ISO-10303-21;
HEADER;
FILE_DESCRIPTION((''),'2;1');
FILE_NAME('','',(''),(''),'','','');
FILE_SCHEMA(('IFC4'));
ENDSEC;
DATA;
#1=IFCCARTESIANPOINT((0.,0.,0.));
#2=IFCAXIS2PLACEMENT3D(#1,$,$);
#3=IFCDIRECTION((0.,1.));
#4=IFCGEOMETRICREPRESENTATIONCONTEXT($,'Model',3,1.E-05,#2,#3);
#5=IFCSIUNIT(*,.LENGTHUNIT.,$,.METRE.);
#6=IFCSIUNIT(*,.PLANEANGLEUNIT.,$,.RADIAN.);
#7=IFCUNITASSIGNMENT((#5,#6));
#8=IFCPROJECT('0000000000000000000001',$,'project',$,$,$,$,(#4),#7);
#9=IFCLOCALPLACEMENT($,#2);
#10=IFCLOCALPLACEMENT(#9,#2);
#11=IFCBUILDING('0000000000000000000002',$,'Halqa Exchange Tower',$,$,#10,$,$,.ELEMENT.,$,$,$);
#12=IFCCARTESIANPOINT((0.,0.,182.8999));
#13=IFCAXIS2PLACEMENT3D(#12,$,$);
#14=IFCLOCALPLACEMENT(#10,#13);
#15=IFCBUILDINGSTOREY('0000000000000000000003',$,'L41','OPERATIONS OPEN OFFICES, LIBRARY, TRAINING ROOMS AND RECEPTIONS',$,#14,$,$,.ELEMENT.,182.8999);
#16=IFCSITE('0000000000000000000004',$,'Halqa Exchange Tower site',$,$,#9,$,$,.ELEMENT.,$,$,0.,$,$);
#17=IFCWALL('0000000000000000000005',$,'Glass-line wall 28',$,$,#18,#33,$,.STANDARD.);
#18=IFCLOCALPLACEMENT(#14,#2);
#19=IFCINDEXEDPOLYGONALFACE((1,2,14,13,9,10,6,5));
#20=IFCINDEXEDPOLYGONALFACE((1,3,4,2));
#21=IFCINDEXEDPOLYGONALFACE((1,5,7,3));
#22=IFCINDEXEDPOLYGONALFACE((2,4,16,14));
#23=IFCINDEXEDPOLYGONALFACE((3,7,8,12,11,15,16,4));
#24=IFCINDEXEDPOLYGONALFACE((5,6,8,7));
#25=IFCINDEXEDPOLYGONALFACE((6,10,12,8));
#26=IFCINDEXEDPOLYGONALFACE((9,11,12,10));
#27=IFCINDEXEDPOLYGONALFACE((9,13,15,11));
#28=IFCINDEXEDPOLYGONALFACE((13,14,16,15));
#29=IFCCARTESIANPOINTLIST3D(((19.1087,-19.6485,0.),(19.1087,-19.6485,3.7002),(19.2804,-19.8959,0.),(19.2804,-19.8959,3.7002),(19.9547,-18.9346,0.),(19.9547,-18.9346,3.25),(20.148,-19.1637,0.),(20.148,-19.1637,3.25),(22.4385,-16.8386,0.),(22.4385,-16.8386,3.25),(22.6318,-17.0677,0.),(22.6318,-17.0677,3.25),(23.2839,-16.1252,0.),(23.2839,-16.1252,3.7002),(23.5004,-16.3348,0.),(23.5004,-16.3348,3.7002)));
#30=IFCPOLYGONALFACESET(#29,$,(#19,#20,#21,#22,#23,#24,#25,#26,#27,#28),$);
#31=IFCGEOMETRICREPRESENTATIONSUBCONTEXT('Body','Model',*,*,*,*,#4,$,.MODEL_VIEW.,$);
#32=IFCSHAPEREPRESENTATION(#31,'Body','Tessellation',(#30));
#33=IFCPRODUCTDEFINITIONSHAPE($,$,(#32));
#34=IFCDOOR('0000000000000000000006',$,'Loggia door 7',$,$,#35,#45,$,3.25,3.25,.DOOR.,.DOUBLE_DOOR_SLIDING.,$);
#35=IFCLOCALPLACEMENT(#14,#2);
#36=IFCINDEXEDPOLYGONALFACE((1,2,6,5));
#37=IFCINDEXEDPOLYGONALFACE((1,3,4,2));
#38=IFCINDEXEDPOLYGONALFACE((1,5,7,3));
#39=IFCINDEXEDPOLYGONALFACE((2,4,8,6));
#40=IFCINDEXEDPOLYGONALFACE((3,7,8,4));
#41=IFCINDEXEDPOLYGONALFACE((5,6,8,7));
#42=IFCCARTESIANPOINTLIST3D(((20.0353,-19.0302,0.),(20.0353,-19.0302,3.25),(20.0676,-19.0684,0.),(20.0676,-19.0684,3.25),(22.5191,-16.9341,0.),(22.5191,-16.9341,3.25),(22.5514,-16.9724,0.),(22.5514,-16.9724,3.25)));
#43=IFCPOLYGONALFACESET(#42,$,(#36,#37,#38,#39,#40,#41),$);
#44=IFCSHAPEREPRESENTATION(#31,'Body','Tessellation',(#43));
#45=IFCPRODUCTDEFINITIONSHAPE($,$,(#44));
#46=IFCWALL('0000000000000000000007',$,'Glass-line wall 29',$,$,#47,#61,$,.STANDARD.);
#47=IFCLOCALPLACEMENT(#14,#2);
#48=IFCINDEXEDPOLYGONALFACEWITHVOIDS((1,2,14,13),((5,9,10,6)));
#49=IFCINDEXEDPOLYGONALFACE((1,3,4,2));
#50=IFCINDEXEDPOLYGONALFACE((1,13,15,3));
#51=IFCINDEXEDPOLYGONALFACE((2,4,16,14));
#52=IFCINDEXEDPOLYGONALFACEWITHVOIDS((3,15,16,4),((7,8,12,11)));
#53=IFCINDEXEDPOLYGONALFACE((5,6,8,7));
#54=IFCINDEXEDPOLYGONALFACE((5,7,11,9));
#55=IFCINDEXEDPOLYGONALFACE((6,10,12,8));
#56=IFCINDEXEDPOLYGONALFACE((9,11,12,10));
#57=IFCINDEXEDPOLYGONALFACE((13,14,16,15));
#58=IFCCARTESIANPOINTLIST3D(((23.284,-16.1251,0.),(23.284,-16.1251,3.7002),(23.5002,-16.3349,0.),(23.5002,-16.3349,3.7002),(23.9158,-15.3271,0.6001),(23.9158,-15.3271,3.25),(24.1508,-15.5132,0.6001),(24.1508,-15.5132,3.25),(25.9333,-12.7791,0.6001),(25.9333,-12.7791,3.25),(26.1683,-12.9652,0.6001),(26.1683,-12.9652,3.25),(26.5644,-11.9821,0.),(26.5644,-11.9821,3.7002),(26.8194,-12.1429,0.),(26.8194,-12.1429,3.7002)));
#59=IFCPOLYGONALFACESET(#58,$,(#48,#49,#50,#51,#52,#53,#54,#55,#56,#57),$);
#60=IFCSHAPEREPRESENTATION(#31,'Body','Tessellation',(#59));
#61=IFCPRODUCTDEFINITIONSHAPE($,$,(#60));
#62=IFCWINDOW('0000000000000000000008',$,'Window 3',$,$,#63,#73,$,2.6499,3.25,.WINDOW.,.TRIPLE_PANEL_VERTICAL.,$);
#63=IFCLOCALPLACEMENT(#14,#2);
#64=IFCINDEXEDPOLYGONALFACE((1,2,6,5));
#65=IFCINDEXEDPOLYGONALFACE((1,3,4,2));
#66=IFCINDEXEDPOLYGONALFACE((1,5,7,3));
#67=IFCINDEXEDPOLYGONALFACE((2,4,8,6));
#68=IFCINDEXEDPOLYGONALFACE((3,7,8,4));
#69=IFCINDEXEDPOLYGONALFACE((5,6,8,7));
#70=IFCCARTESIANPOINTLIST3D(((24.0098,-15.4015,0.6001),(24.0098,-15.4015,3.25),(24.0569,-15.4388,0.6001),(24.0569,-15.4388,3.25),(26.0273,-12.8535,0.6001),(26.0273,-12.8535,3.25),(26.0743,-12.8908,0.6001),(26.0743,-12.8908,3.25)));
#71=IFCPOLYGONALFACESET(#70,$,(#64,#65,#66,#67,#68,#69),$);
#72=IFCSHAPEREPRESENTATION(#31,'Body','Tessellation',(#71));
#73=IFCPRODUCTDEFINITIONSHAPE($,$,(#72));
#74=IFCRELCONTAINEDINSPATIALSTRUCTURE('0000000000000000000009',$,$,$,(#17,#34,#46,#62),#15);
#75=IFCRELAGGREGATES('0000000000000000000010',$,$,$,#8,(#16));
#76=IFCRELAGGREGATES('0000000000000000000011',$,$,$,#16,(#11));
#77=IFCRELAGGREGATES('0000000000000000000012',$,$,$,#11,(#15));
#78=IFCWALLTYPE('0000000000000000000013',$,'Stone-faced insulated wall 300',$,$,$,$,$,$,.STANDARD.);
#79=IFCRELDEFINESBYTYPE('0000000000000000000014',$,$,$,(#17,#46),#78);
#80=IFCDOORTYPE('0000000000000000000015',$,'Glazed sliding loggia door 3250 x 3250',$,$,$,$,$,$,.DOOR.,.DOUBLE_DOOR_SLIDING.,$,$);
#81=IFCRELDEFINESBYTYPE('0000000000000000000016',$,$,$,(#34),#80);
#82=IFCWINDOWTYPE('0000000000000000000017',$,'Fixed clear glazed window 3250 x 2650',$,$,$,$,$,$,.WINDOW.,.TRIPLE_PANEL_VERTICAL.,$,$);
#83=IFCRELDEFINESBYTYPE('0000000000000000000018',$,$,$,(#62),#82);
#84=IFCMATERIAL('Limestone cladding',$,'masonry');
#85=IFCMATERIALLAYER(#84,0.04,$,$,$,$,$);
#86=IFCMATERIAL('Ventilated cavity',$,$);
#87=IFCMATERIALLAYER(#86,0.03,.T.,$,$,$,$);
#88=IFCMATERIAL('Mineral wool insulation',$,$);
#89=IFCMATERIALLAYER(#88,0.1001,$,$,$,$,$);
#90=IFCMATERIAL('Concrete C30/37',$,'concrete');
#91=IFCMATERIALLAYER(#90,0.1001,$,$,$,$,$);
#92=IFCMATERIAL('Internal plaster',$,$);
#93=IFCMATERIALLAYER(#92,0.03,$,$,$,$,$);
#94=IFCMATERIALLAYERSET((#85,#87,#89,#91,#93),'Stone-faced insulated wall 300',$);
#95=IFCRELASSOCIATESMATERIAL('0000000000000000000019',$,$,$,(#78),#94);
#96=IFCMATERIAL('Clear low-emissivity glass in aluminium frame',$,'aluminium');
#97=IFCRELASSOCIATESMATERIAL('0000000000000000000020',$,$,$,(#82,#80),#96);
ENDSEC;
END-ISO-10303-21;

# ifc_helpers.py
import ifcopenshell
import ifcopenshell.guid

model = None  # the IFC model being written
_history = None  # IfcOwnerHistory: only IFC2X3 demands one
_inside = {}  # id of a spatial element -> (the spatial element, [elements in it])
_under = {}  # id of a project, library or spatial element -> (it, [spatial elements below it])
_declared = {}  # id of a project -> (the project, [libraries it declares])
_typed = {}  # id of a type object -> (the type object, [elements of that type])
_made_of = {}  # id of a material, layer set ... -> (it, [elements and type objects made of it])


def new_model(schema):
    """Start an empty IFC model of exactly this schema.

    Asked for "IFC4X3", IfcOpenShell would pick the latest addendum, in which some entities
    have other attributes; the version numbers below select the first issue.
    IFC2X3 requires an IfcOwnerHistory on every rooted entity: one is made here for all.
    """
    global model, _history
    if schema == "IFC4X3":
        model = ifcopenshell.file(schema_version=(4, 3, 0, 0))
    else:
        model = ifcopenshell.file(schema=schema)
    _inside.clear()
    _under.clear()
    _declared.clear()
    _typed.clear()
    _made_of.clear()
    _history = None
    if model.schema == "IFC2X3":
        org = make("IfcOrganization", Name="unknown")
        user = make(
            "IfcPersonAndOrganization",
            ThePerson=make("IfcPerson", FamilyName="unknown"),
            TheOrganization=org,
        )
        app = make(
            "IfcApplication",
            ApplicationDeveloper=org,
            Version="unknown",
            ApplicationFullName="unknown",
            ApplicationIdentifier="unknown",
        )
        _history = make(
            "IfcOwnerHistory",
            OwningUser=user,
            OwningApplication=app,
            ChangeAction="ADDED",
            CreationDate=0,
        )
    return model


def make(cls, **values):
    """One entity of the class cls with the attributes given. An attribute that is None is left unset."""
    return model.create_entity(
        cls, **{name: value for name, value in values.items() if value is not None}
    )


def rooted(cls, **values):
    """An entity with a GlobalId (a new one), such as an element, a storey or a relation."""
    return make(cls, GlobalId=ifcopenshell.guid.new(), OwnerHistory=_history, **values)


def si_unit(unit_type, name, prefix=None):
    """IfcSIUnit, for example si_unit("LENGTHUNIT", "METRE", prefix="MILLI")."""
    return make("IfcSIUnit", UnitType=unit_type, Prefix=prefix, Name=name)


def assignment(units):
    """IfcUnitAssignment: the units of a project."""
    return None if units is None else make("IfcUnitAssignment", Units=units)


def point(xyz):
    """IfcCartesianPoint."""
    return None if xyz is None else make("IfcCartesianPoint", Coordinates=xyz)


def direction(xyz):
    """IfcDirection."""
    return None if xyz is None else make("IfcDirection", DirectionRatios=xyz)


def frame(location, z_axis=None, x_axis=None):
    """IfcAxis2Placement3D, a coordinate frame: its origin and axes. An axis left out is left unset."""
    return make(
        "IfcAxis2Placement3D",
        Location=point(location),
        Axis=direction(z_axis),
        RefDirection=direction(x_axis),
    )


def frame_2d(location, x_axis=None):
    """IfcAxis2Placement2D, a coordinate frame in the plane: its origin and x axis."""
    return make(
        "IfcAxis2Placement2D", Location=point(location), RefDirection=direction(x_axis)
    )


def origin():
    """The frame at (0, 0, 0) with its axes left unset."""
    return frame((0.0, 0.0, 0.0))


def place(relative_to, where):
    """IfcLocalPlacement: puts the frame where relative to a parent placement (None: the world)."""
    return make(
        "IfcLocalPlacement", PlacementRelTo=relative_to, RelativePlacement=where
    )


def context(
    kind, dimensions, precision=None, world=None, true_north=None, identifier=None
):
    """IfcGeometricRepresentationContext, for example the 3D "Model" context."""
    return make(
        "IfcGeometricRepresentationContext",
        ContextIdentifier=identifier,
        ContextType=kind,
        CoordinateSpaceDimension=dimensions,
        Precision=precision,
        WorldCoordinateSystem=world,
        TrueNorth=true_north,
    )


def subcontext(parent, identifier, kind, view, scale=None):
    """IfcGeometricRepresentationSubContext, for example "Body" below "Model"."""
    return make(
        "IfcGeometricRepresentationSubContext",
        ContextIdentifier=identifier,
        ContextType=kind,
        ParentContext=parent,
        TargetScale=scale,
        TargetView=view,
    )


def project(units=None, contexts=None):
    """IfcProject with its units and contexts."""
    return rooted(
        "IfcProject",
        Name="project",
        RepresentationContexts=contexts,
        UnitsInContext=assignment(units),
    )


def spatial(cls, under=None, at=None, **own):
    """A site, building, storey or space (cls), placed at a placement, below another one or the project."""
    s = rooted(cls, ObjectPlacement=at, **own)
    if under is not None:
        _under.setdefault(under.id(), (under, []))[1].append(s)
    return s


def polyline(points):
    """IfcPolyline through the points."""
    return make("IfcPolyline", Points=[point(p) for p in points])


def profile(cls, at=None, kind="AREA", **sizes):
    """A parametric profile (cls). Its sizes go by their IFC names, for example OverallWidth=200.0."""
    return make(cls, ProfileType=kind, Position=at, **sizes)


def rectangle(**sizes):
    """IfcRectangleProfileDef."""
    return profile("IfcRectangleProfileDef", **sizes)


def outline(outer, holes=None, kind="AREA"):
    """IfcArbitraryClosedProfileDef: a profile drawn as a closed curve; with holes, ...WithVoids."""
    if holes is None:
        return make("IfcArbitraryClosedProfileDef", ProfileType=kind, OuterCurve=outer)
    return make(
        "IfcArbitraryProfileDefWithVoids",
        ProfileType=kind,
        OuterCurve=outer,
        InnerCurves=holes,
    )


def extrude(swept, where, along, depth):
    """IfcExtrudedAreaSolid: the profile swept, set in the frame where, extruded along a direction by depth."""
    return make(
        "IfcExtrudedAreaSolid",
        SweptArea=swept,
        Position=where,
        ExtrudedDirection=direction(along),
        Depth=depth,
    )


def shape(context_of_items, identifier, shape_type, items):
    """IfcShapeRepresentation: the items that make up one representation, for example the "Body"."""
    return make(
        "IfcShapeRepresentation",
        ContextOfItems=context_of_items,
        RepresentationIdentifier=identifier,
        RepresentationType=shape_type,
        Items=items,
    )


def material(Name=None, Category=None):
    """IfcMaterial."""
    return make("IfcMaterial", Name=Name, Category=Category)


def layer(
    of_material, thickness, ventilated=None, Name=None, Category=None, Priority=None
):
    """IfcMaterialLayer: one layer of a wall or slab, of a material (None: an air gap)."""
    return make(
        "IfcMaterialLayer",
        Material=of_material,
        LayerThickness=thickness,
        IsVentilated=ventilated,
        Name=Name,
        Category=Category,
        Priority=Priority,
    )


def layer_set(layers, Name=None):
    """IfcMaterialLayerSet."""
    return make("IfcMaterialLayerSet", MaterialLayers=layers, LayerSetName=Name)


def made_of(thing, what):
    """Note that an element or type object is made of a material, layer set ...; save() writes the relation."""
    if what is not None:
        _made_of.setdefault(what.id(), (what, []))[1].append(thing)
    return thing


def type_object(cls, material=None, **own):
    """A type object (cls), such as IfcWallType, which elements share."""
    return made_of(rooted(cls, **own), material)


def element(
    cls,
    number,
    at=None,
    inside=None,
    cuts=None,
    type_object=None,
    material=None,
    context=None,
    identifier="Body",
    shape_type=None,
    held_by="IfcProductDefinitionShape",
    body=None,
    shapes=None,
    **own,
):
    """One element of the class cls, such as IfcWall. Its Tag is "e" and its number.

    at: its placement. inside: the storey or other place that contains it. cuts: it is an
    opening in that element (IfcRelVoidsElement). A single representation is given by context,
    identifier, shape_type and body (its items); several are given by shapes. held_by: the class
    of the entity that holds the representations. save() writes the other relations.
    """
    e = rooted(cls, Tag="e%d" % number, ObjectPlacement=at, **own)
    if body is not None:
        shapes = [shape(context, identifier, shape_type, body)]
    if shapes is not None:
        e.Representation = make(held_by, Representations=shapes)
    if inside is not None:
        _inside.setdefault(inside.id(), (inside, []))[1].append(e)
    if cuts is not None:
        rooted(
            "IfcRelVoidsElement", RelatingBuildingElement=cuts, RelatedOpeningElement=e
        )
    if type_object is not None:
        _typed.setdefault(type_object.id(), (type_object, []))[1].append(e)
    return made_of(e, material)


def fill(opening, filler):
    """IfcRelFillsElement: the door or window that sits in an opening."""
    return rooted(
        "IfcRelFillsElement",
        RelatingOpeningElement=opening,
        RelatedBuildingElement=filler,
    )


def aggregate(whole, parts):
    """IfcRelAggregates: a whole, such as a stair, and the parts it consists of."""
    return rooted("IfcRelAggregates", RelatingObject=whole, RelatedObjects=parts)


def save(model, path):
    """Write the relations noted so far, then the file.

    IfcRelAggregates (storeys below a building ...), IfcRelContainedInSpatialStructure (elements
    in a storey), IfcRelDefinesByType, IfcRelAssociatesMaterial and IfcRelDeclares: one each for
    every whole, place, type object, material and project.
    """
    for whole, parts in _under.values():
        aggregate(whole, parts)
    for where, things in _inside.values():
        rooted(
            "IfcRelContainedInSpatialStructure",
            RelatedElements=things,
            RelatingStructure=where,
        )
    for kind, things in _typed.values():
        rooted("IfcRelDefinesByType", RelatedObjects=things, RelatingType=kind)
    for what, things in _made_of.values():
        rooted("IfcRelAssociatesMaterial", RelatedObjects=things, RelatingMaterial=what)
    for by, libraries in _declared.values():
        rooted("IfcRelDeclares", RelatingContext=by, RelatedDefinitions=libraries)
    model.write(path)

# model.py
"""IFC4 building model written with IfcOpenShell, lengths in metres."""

from ifc_helpers import new_model, si_unit, direction, frame, frame_2d, origin, place, context, subcontext, project, spatial, polyline, rectangle, outline, extrude, material, layer, layer_set, type_object, element, fill, save


model = new_model("IFC4")

# Units and contexts
model_context = context("Model", 3, precision=1e-05, world=origin(), true_north=direction((0.0, 1.0)))
body_context = subcontext(model_context, "Body", "Model", "MODEL_VIEW")
ifc_project = project(units=[si_unit("LENGTHUNIT", "METRE"), si_unit("PLANEANGLEUNIT", "RADIAN")], contexts=[model_context])

# Site, building, storey
site_placement = place(None, origin())
site = spatial("IfcSite", under=ifc_project, at=site_placement, Name="Halqa Exchange Tower site", CompositionType="ELEMENT", RefElevation=0.0)
building_placement = place(site_placement, origin())
building = spatial("IfcBuilding", under=site, at=building_placement, Name="Halqa Exchange Tower", CompositionType="ELEMENT")
storey_placement = place(building_placement, frame((0.0, 0.0, 182.8999)))
storey = spatial("IfcBuildingStorey", under=building, at=storey_placement, Name="L41", Description="OPERATIONS OPEN OFFICES, LIBRARY, TRAINING ROOMS AND RECEPTIONS", CompositionType="ELEMENT", Elevation=182.8999)

# Shared definitions
ifc_material_1 = material(Name="Limestone cladding", Category="masonry")
ifc_layer_1 = layer(ifc_material_1, 0.04)
ifc_material_2 = material(Name="Ventilated cavity")
ifc_layer_2 = layer(ifc_material_2, 0.03, ventilated=True)
ifc_material_3 = material(Name="Mineral wool insulation")
ifc_layer_3 = layer(ifc_material_3, 0.1001)
ifc_material_4 = material(Name="Concrete C30/37", Category="concrete")
ifc_layer_4 = layer(ifc_material_4, 0.1001)
ifc_material_5 = material(Name="Internal plaster")
ifc_layer_5 = layer(ifc_material_5, 0.03)
ifc_layer_set_1 = layer_set([ifc_layer_1, ifc_layer_2, ifc_layer_3, ifc_layer_4, ifc_layer_5], Name="Stone-faced insulated wall 300")
wall_type_1 = type_object("IfcWallType", Name="Stone-faced insulated wall 300", PredefinedType="STANDARD", material=ifc_layer_set_1)
ifc_material_6 = material(Name="Clear low-emissivity glass in aluminium frame", Category="aluminium")
window_type = type_object("IfcWindowType", Name="Fixed clear glazed window 3250 x 2650", PartitioningType="TRIPLE_PANEL_VERTICAL", PredefinedType="WINDOW", material=ifc_material_6)

# Wall, opening, door
wall_1_placement = place(storey_placement, frame((19.1946, -19.7722, 0.0), z_axis=(0.0, 0.0, 1.0), x_axis=(0.764239, 0.644933, 0.0)))
wall_1 = element("IfcWall", 1, at=wall_1_placement, inside=storey, type_object=wall_type_1, Name="Glass-line wall 28", PredefinedType="STANDARD", context=body_context, shape_type="SweptSolid", body=[
    extrude(outline(polyline([(-0.0142, -0.1499), (5.5076, -0.1499), (5.4773, 0.1499), (0.0142, 0.1499), (-0.0142, -0.1499)])), origin(), (0.0, 0.0, 1.0), 3.7002),
])
opening_1_placement = place(wall_1_placement, frame((1.1211, 0.0, 0.0)))
opening_1 = element("IfcOpeningElement", 2, at=opening_1_placement, cuts=wall_1, PredefinedType="OPENING", context=body_context, shape_type="SweptSolid", body=[
    extrude(rectangle(XDim=3.25, YDim=3.25, at=frame_2d((1.625, 1.625))), frame((0.0, 0.1621, 0.0), z_axis=(0.0, -1.0, 0.0), x_axis=(1.0, 0.0, 0.0)), (0.0, 0.0, 1.0), 0.324),
])
door_type_1 = type_object("IfcDoorType", Name="Glazed sliding loggia door 3250 x 3250", OperationType="DOUBLE_DOOR_SLIDING", PredefinedType="DOOR", material=ifc_material_6)
door_1_placement = place(opening_1_placement, origin())
door_1 = element("IfcDoor", 3, at=door_1_placement, inside=storey, type_object=door_type_1, Name="Loggia door 7", OperationType="DOUBLE_DOOR_SLIDING", OverallHeight=3.25, OverallWidth=3.25, PredefinedType="DOOR", context=body_context, shape_type="SweptSolid", body=[
    extrude(rectangle(XDim=3.25, YDim=3.25, at=frame_2d((1.625, 1.625))), frame((0.0, 0.0249, 0.0), z_axis=(0.0, -1.0, 0.0), x_axis=(1.0, 0.0, 0.0)), (0.0, 0.0, 1.0), 0.05),
])
fill(opening_1, door_1)

# Wall, opening, window
wall_2_placement = place(storey_placement, frame((23.3921, -16.23, 0.0), z_axis=(0.0, 0.0, 1.0), x_axis=(0.620766, 0.783996, 0.0)))
wall_2 = element("IfcWall", 4, at=wall_2_placement, inside=storey, type_object=wall_type_1, Name="Glass-line wall 29", PredefinedType="STANDARD", context=body_context, shape_type="SweptSolid", body=[
    extrude(outline(polyline([(-0.0151, -0.1499), (5.3318, -0.1499), (5.2996, 0.1499), (0.0151, 0.1499), (-0.0151, -0.1499)])), origin(), (0.0, 0.0, 1.0), 3.7002),
])
opening_2_placement = place(wall_2_placement, frame((1.033, 0.0, 0.6001)))
opening_2 = element("IfcOpeningElement", 5, at=opening_2_placement, cuts=wall_2, PredefinedType="OPENING", context=body_context, shape_type="SweptSolid", body=[
    extrude(rectangle(XDim=3.25, YDim=2.6499, at=frame_2d((1.625, 1.325))), frame((0.0, 0.1621, 0.0), z_axis=(0.0, -1.0, 0.0), x_axis=(1.0, 0.0, 0.0)), (0.0, 0.0, 1.0), 0.324),
])
window_1_placement = place(opening_2_placement, origin())
window_1 = element("IfcWindow", 6, at=window_1_placement, inside=storey, type_object=window_type, Name="Window 3", OverallHeight=2.6499, OverallWidth=3.25, PartitioningType="TRIPLE_PANEL_VERTICAL", PredefinedType="WINDOW", context=body_context, shape_type="SweptSolid", body=[
    extrude(rectangle(XDim=3.25, YDim=2.6499, at=frame_2d((1.625, 1.325))), frame((0.0, 0.03, 0.0), z_axis=(0.0, -1.0, 0.0), x_axis=(1.0, 0.0, 0.0)), (0.0, 0.0, 1.0), 0.0601),
])
fill(opening_2, window_1)

save(model, "model.ifc")
